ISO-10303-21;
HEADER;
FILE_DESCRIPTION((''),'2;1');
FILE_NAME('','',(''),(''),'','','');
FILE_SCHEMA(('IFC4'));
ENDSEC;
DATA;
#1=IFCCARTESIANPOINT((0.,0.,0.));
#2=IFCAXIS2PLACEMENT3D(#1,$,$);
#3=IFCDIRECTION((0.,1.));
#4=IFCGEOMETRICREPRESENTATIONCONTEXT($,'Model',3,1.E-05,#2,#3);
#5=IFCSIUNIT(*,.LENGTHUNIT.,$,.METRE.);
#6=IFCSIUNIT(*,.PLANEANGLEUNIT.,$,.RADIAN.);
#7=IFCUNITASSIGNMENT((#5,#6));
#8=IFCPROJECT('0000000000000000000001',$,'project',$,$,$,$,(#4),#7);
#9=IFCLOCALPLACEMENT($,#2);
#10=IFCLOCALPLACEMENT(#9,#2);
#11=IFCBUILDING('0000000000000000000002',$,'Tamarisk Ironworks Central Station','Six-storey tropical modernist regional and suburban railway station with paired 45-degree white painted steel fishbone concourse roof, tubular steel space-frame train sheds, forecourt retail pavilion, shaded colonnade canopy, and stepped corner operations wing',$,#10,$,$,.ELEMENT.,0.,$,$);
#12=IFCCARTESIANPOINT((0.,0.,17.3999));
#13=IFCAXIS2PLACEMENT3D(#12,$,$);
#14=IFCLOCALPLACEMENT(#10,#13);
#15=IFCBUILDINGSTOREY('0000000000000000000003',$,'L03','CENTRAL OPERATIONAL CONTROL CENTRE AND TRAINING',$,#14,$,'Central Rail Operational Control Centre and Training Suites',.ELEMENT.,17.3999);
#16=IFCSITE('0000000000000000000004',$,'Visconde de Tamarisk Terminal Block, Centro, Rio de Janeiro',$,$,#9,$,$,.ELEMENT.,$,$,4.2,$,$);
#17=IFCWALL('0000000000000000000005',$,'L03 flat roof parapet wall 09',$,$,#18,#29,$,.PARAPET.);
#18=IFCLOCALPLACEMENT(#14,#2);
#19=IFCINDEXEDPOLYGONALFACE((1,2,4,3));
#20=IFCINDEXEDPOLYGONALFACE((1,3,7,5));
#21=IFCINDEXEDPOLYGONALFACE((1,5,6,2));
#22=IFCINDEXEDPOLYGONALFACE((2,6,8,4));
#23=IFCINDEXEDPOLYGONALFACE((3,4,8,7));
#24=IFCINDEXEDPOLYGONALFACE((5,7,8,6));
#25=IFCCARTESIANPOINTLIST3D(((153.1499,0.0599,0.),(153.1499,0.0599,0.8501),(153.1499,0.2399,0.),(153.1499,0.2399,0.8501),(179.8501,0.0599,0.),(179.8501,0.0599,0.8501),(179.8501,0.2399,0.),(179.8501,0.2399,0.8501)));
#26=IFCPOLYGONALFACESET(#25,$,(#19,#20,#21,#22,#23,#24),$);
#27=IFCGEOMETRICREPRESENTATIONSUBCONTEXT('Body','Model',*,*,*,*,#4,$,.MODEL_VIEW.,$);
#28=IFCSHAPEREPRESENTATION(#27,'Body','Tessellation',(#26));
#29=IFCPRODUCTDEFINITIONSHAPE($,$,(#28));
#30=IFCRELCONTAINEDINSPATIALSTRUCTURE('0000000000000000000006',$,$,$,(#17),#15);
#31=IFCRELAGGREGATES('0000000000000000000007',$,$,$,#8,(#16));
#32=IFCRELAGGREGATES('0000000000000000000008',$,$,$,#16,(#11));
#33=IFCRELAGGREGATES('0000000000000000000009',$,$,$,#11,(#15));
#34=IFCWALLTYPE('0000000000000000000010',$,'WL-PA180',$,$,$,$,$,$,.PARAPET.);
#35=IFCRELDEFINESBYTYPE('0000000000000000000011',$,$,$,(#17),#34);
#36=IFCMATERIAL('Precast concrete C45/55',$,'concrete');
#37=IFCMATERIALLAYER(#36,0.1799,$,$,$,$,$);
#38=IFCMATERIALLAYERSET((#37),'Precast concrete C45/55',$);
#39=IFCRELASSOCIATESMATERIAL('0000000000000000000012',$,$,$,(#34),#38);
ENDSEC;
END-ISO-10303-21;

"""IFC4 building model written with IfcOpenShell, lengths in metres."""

from ifc_helpers import new_model, si_unit, direction, frame, frame_2d, origin, place, context, subcontext, project, spatial, rectangle, extrude, material, layer, layer_set, type_object, element, save


model = new_model("IFC4")

# Units and contexts
model_context = context("Model", 3, precision=1e-05, world=origin(), true_north=direction((0.0, 1.0)))
body_context = subcontext(model_context, "Body", "Model", "MODEL_VIEW")
ifc_project = project(units=[si_unit("LENGTHUNIT", "METRE"), si_unit("PLANEANGLEUNIT", "RADIAN")], contexts=[model_context])

# Site, building, storey
site_placement = place(None, origin())
site = spatial("IfcSite", under=ifc_project, at=site_placement, Name="Visconde de Tamarisk Terminal Block, Centro, Rio de Janeiro", CompositionType="ELEMENT", RefElevation=4.2)
building_placement = place(site_placement, origin())
building = spatial("IfcBuilding", under=site, at=building_placement, Name="Tamarisk Ironworks Central Station", Description="Six-storey tropical modernist regional and suburban railway station with paired 45-degree white painted steel fishbone concourse roof, tubular steel space-frame train sheds, forecourt retail pavilion, shaded colonnade canopy, and stepped corner operations wing", CompositionType="ELEMENT", ElevationOfRefHeight=0.0)
storey_placement = place(building_placement, frame((0.0, 0.0, 17.3999)))
storey = spatial("IfcBuildingStorey", under=building, at=storey_placement, Name="L03", Description="CENTRAL OPERATIONAL CONTROL CENTRE AND TRAINING", LongName="Central Rail Operational Control Centre and Training Suites", CompositionType="ELEMENT", Elevation=17.3999)

# Wall
ifc_material_1 = material(Name="Precast concrete C45/55", Category="concrete")
ifc_layer_1 = layer(ifc_material_1, 0.1799)
ifc_layer_set_1 = layer_set([ifc_layer_1], Name="Precast concrete C45/55")
wall_type = type_object("IfcWallType", Name="WL-PA180", PredefinedType="PARAPET", material=ifc_layer_set_1)
wall_placement = place(storey_placement, frame((153.1499, 0.1499, 0.0), z_axis=(0.0, 0.0, 1.0), x_axis=(1.0, 0.0, 0.0)))
element("IfcWall", 1, at=wall_placement, inside=storey, type_object=wall_type, Name="L03 flat roof parapet wall 09", PredefinedType="PARAPET", context=body_context, shape_type="SweptSolid", body=[
    extrude(rectangle(XDim=26.7002, YDim=0.1799, at=frame_2d((13.3501, 0.0))), origin(), (0.0, 0.0, 1.0), 0.8501),
])

save(model, "model.ifc")
